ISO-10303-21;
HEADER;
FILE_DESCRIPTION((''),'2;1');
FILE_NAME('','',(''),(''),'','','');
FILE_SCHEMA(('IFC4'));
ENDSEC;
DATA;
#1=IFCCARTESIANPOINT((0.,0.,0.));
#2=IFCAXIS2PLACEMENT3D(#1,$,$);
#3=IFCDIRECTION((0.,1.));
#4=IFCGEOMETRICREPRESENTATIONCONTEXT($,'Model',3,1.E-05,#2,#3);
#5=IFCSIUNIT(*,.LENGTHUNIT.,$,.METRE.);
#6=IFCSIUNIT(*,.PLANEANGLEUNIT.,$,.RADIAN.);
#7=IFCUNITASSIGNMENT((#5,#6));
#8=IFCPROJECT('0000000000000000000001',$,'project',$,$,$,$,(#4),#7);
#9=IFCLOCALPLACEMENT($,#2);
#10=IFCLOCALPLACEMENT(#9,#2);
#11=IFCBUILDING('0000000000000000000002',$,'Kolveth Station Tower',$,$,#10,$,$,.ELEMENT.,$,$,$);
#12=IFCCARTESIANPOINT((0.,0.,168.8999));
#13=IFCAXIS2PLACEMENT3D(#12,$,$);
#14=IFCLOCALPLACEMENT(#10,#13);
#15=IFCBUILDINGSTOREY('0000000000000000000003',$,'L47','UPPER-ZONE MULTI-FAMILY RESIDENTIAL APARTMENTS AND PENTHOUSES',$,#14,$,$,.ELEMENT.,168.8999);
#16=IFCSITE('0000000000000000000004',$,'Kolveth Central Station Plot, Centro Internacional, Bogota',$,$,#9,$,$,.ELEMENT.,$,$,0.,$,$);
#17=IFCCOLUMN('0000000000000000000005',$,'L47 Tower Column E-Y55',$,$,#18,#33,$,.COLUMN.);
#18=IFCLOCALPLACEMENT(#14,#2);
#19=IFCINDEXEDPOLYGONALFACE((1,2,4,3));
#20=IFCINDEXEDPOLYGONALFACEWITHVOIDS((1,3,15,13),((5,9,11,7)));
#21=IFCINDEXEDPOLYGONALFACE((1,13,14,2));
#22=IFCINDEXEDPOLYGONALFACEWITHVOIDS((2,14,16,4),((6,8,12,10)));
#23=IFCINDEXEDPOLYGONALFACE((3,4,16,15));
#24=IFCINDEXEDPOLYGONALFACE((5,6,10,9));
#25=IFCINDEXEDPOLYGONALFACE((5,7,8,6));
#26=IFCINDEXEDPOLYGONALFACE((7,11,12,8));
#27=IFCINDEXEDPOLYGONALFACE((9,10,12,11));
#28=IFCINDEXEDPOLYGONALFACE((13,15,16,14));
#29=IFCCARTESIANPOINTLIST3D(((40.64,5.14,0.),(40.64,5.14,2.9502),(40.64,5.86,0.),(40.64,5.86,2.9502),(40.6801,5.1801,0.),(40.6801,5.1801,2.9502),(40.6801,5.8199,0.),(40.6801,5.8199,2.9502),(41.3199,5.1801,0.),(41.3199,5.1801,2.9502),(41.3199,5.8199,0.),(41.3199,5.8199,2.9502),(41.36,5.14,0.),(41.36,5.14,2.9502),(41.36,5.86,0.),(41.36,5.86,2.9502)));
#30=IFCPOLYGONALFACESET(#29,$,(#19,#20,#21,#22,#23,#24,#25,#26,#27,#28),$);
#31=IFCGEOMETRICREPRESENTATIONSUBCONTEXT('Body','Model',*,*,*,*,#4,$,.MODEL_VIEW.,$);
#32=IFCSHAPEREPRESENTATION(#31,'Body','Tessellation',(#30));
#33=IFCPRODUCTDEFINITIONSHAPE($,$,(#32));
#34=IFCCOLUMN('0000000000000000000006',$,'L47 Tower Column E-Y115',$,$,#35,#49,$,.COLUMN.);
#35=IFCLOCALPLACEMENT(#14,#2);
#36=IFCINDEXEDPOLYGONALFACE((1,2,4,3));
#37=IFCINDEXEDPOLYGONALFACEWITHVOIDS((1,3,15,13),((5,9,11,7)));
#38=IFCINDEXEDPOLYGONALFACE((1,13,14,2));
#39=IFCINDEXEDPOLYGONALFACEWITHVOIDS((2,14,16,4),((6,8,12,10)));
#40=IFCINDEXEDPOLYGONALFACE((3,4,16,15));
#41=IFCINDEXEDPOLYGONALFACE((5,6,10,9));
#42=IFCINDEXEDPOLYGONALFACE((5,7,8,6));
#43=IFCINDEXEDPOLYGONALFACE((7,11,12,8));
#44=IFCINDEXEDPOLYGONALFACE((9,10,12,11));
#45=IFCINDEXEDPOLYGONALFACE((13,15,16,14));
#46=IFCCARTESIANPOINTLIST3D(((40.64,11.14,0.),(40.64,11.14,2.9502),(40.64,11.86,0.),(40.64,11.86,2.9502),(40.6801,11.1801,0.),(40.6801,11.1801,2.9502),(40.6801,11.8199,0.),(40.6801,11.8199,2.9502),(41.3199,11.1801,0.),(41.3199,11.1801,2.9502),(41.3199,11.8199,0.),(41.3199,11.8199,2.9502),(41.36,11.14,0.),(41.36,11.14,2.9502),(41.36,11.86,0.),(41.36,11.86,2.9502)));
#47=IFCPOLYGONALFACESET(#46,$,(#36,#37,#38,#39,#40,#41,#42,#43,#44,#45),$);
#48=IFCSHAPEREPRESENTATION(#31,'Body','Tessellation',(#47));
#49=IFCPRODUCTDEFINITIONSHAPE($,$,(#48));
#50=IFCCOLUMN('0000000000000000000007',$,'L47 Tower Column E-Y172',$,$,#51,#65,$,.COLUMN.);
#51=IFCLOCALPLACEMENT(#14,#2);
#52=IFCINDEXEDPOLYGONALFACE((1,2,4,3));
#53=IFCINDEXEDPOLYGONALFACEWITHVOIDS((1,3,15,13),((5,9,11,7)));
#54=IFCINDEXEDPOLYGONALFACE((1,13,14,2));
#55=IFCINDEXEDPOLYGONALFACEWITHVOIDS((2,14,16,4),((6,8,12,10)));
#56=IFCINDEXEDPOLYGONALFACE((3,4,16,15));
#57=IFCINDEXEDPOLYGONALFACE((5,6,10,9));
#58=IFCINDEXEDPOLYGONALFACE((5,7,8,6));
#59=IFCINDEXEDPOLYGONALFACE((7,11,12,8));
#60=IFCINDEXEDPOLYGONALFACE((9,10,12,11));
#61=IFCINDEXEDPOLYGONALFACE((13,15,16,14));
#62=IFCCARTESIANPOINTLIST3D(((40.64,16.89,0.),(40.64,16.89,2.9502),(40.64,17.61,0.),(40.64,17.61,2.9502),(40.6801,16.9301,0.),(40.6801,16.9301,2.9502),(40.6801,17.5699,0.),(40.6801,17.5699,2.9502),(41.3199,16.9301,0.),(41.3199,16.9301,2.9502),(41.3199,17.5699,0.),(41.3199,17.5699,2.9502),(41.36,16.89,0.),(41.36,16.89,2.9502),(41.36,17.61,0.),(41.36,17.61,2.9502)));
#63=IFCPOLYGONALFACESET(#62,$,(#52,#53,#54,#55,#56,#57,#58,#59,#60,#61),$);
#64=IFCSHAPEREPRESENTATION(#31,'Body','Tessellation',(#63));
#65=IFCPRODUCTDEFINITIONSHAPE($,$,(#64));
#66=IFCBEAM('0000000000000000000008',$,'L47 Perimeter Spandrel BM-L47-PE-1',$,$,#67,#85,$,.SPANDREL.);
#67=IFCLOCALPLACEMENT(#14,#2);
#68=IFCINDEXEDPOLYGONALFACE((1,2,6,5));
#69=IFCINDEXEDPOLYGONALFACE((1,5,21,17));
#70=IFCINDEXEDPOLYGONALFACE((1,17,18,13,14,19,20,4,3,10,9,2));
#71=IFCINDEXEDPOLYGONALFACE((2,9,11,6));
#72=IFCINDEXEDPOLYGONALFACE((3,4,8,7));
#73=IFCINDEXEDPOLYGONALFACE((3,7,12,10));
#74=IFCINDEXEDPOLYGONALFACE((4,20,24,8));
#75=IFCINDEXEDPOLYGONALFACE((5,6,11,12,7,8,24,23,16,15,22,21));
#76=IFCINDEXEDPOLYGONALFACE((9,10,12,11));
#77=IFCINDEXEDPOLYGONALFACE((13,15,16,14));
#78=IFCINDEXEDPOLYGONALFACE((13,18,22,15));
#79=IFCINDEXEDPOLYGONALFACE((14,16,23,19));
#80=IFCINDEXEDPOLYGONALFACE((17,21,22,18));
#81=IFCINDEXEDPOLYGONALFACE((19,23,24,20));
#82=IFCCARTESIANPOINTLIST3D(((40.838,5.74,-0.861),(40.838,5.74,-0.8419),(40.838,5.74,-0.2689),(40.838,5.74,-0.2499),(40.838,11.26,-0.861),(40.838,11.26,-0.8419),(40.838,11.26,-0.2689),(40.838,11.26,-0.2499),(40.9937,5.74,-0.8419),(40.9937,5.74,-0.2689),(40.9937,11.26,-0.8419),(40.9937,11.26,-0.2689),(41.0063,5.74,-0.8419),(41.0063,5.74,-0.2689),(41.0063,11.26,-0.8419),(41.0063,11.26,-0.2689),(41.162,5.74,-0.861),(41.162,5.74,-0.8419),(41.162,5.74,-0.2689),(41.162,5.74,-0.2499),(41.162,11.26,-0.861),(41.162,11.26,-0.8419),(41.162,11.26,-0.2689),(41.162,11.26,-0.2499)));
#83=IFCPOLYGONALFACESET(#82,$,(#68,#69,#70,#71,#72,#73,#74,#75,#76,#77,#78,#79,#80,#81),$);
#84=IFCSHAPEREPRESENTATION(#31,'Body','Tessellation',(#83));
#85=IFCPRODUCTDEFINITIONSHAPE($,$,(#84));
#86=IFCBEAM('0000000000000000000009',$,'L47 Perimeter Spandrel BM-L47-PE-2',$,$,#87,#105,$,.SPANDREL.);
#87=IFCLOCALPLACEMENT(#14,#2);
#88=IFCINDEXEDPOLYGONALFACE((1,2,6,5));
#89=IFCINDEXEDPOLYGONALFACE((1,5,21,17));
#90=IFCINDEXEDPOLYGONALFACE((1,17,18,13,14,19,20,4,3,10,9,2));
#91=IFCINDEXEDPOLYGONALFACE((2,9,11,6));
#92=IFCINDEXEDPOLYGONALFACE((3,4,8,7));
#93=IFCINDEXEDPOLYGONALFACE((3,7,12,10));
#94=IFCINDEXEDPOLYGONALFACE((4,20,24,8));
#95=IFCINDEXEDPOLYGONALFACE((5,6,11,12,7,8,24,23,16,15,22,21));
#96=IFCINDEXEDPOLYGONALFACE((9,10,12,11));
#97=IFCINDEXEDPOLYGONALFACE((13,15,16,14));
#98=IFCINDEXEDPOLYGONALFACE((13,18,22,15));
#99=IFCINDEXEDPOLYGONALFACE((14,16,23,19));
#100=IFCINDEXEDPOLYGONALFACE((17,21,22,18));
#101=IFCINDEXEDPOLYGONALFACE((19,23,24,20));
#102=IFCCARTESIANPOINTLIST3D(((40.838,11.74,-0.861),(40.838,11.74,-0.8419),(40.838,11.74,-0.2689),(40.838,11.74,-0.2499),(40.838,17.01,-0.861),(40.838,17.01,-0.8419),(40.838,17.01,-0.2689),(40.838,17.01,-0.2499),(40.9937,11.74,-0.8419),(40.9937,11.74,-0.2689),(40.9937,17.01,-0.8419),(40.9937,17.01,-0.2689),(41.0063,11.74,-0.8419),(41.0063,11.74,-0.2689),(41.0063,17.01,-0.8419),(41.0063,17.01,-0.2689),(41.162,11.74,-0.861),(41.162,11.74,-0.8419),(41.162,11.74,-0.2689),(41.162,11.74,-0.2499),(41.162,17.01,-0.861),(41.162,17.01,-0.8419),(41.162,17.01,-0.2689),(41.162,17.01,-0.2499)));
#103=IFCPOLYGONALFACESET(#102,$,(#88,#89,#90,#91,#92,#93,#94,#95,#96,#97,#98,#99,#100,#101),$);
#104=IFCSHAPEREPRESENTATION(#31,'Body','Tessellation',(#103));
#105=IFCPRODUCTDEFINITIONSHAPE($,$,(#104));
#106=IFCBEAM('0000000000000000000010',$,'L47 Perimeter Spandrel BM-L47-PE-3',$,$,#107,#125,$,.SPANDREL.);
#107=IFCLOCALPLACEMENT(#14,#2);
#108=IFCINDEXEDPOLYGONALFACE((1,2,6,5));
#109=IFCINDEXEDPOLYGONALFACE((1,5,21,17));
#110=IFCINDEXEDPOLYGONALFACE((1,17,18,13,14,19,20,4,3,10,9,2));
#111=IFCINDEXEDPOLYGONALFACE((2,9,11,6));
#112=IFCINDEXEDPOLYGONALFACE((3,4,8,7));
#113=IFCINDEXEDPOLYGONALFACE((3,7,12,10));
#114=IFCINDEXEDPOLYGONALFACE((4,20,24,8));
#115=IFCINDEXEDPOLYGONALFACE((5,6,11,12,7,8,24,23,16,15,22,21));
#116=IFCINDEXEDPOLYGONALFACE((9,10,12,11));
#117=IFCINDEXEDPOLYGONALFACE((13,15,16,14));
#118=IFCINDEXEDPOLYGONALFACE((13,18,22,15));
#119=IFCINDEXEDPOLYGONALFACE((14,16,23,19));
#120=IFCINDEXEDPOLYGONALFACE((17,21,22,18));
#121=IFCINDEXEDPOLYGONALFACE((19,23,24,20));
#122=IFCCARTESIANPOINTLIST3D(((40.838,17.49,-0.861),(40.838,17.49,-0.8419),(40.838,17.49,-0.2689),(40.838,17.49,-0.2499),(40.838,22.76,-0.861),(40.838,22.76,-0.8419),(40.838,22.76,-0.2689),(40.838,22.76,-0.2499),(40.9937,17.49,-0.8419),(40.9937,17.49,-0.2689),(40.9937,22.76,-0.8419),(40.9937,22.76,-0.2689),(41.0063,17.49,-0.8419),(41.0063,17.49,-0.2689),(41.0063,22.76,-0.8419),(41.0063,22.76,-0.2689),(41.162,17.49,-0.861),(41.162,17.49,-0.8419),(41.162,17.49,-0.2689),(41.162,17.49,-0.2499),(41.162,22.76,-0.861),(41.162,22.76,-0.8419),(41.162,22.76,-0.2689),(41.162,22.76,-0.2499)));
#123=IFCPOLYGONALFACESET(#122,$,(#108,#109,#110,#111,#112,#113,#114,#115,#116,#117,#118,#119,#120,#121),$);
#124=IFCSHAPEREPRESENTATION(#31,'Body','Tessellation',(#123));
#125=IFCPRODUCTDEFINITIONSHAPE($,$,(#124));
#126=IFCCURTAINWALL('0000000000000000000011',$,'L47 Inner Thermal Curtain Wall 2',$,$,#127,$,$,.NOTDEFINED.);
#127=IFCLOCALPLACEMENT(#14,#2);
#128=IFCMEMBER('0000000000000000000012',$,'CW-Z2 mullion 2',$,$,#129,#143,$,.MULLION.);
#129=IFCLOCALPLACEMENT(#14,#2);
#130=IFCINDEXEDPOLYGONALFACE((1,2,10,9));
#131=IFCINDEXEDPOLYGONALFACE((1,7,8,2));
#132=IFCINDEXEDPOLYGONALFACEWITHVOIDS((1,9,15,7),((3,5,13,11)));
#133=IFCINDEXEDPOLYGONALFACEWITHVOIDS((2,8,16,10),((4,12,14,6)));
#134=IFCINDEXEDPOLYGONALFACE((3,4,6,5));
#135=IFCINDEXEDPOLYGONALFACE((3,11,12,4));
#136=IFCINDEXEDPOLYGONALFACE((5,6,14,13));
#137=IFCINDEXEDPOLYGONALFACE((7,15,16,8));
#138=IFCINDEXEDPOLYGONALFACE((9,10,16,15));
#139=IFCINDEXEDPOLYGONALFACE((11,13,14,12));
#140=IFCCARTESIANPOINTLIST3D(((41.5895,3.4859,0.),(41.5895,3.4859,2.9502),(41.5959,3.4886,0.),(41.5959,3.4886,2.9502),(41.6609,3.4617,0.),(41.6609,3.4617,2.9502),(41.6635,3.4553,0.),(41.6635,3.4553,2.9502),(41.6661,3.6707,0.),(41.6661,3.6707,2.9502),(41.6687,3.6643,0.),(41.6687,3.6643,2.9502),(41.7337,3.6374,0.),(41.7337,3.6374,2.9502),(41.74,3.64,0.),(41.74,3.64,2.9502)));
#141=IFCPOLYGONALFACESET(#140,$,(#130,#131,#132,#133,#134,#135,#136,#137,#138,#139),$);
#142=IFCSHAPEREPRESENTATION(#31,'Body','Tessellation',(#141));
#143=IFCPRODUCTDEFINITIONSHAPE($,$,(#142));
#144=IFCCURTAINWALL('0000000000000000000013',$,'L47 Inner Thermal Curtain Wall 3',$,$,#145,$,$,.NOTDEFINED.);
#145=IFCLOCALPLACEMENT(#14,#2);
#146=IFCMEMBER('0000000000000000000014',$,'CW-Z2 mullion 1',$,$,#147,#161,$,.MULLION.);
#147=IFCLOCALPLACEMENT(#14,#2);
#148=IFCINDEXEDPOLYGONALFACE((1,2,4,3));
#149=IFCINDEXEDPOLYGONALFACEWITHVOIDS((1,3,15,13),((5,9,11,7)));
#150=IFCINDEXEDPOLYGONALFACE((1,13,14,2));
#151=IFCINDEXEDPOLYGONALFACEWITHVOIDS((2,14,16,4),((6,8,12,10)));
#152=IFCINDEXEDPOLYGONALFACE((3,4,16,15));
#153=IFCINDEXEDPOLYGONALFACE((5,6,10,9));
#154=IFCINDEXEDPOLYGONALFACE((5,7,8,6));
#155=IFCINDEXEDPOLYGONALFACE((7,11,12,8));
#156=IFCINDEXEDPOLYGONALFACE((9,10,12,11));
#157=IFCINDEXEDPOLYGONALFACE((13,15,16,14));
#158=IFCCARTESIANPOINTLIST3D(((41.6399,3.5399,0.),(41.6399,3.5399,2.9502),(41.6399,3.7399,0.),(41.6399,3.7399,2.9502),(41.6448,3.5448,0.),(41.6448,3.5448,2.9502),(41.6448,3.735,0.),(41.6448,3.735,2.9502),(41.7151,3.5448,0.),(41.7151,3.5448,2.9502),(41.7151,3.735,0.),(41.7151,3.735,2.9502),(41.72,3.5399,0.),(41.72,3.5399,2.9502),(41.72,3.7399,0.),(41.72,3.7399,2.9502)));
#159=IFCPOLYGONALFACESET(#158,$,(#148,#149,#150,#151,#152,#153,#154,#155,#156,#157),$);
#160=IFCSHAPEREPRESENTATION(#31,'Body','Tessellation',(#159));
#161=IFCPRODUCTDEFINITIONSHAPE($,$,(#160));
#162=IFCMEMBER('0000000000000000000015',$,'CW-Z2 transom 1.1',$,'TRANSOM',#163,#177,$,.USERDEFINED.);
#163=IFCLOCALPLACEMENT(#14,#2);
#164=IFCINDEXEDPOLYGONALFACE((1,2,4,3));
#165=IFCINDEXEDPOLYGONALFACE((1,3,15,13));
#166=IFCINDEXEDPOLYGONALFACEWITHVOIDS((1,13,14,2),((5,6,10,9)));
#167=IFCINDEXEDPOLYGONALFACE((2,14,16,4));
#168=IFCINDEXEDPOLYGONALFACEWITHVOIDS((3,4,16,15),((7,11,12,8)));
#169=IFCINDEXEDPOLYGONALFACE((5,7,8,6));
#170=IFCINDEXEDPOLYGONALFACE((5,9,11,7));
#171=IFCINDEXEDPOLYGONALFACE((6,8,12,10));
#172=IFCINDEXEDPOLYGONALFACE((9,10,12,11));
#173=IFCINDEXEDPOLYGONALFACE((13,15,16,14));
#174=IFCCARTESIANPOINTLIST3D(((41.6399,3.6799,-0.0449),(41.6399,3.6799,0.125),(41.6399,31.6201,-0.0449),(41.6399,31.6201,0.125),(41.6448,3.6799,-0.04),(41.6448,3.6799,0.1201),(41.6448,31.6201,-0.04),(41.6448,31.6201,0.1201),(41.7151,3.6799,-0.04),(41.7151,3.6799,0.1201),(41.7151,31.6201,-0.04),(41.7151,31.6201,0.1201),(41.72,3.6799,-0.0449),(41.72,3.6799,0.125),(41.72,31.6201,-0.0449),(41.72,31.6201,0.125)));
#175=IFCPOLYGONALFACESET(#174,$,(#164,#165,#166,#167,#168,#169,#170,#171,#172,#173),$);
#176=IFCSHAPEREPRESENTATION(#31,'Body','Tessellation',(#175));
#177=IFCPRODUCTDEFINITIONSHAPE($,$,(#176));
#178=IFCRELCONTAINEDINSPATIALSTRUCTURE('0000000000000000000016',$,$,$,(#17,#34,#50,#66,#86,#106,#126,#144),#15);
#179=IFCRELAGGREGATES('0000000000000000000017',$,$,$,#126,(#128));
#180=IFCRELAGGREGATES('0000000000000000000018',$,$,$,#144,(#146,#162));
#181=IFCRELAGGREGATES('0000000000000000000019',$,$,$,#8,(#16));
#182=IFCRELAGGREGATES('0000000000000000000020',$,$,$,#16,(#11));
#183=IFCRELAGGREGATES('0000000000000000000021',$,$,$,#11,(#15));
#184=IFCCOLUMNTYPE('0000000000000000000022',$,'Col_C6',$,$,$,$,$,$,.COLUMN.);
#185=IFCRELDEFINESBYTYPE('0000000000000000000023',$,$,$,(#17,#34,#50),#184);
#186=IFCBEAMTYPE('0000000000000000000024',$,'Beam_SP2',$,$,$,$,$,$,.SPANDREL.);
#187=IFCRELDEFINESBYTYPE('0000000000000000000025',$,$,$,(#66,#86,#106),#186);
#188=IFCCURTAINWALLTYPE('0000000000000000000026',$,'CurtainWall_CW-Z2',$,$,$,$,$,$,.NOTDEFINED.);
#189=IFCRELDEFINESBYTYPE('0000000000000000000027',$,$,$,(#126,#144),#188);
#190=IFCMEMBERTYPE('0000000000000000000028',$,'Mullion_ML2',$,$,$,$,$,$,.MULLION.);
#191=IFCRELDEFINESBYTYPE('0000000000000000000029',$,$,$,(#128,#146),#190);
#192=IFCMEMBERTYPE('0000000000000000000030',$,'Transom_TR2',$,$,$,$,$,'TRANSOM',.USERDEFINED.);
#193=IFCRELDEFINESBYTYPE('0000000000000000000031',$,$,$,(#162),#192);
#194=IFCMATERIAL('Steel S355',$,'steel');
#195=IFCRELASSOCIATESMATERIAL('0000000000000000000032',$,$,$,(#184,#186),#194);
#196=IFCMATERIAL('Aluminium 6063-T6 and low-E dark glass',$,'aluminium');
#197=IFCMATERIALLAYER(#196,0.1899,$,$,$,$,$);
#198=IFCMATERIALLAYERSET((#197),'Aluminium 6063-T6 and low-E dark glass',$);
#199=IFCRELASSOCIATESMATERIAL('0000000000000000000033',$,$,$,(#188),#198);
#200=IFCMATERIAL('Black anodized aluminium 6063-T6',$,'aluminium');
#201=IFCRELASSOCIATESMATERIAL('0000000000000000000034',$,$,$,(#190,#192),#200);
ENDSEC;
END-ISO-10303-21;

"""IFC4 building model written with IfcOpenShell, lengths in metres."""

from ifc_helpers import new_model, si_unit, direction, frame, origin, origin_2d, place, context, subcontext, project, spatial, hollow_rectangle, i_section, extrude, source, transform, mapped, material, layer, layer_set, material_profile, profile_set, type_object, element, aggregate, save


model = new_model("IFC4")

# Units and contexts
model_context = context("Model", 3, precision=1e-05, world=origin(), true_north=direction((0.0, 1.0)))
body_context = subcontext(model_context, "Body", "Model", "MODEL_VIEW")
ifc_project = project(units=[si_unit("LENGTHUNIT", "METRE"), si_unit("PLANEANGLEUNIT", "RADIAN")], contexts=[model_context])

# Site, building, storey
site_placement = place(None, origin())
site = spatial("IfcSite", under=ifc_project, at=site_placement, Name="Kolveth Central Station Plot, Centro Internacional, Bogota", CompositionType="ELEMENT", RefElevation=0.0)
building_placement = place(site_placement, origin())
building = spatial("IfcBuilding", under=site, at=building_placement, Name="Kolveth Station Tower", CompositionType="ELEMENT")
storey_placement = place(building_placement, frame((0.0, 0.0, 168.8999)))
storey = spatial("IfcBuildingStorey", under=building, at=storey_placement, Name="L47", Description="UPPER-ZONE MULTI-FAMILY RESIDENTIAL APARTMENTS AND PENTHOUSES", CompositionType="ELEMENT", Elevation=168.8999)

# Columns
ifc_material_1 = material(Name="Steel S355", Category="steel")
ifc_material_profile_1 = material_profile(ifc_material_1, hollow_rectangle(XDim=0.72, YDim=0.72, WallThickness=0.04, at=origin_2d()), Name="BOX720x720x40")
ifc_profile_set_1 = profile_set([ifc_material_profile_1], Name="Steel S355")
column_type = type_object("IfcColumnType", Name="Col_C6", PredefinedType="COLUMN", material=ifc_profile_set_1)
shared_shape_1 = source(origin(), body_context, "Body", "SweptSolid", [
    extrude(hollow_rectangle(XDim=0.72, YDim=0.72, WallThickness=0.04, at=origin_2d()), origin(), (0.0, 0.0, 1.0), 2.9502),
])
for number, where, z_axis, x_axis, name in (
    (1, (41.0, 5.5, 0.0), (0.0, 0.0, 1.0), (1.0, 0.0, 0.0), "L47 Tower Column E-Y55"),
    (2, (41.0, 11.5, 0.0), (0.0, 0.0, 1.0), (1.0, 0.0, 0.0), "L47 Tower Column E-Y115"),
    (3, (41.0, 17.25, 0.0), (0.0, 0.0, 1.0), (1.0, 0.0, 0.0), "L47 Tower Column E-Y172"),
):
    element("IfcColumn", number, at=place(storey_placement, frame(where, z_axis=z_axis, x_axis=x_axis)), inside=storey, type_object=column_type, Name=name, PredefinedType="COLUMN", context=body_context, shape_type="MappedRepresentation", body=[
        mapped(shared_shape_1, transform((0.0, 0.0, 0.0), x_axis=(1.0, 0.0, 0.0), y_axis=(0.0, 1.0, 0.0), z_axis=(0.0, 0.0, 1.0), scale=1.0)),
    ])

# Beams
ifc_material_profile_2 = material_profile(ifc_material_1, i_section(OverallWidth=0.324, OverallDepth=0.6111, WebThickness=0.0127, FlangeThickness=0.019, at=origin_2d()), Name="W610x155")
ifc_profile_set_2 = profile_set([ifc_material_profile_2], Name="Steel S355")
beam_type = type_object("IfcBeamType", Name="Beam_SP2", PredefinedType="SPANDREL", material=ifc_profile_set_2)
shared_shape_2 = source(origin(), body_context, "Body", "SweptSolid", [
    extrude(i_section(OverallWidth=0.324, OverallDepth=0.6111, WebThickness=0.0127, FlangeThickness=0.019, at=origin_2d()), origin(), (0.0, 0.0, 1.0), 5.52),
])
beam_placement = place(storey_placement, frame((41.0, 5.74, -0.5554), z_axis=(0.0, 1.0, 0.0), x_axis=(-1.0, 0.0, 0.0)))
element("IfcBeam", 4, at=beam_placement, inside=storey, type_object=beam_type, Name="L47 Perimeter Spandrel BM-L47-PE-1", PredefinedType="SPANDREL", context=body_context, shape_type="MappedRepresentation", body=[
    mapped(shared_shape_2, transform((0.0, 0.0, 0.0), x_axis=(1.0, 0.0, 0.0), y_axis=(0.0, 1.0, 0.0), z_axis=(0.0, 0.0, 1.0), scale=1.0)),
])
shared_shape_3 = source(origin(), body_context, "Body", "SweptSolid", [
    extrude(i_section(OverallWidth=0.324, OverallDepth=0.6111, WebThickness=0.0127, FlangeThickness=0.019, at=origin_2d()), origin(), (0.0, 0.0, 1.0), 5.27),
])
for number, where, z_axis, x_axis, name in (
    (5, (41.0, 11.74, -0.5554), (0.0, 1.0, 0.0), (-1.0, 0.0, 0.0), "L47 Perimeter Spandrel BM-L47-PE-2"),
    (6, (41.0, 17.49, -0.5554), (0.0, 1.0, 0.0), (-1.0, 0.0, 0.0), "L47 Perimeter Spandrel BM-L47-PE-3"),
):
    element("IfcBeam", number, at=place(storey_placement, frame(where, z_axis=z_axis, x_axis=x_axis)), inside=storey, type_object=beam_type, Name=name, PredefinedType="SPANDREL", context=body_context, shape_type="MappedRepresentation", body=[
        mapped(shared_shape_3, transform((0.0, 0.0, 0.0), x_axis=(1.0, 0.0, 0.0), y_axis=(0.0, 1.0, 0.0), z_axis=(0.0, 0.0, 1.0), scale=1.0)),
    ])

# Curtain wall, member
ifc_material_2 = material(Name="Aluminium 6063-T6 and low-E dark glass", Category="aluminium")
ifc_layer_1 = layer(ifc_material_2, 0.1899)
ifc_layer_set_1 = layer_set([ifc_layer_1], Name="Aluminium 6063-T6 and low-E dark glass")
curtain_wall_type_1 = type_object("IfcCurtainWallType", Name="CurtainWall_CW-Z2", PredefinedType="NOTDEFINED", material=ifc_layer_set_1)
curtain_wall_1_placement = place(storey_placement, origin())
curtain_wall_1 = element("IfcCurtainWall", 7, at=curtain_wall_1_placement, inside=storey, type_object=curtain_wall_type_1, Name="L47 Inner Thermal Curtain Wall 2", PredefinedType="NOTDEFINED")
ifc_material_3 = material(Name="Black anodized aluminium 6063-T6", Category="aluminium")
ifc_material_profile_3 = material_profile(ifc_material_3, hollow_rectangle(XDim=0.0801, YDim=0.2, WallThickness=0.0049, at=origin_2d()), Name="ALU-80x200x5")
ifc_profile_set_3 = profile_set([ifc_material_profile_3], Name="Black anodized aluminium 6063-T6")
member_type_1 = type_object("IfcMemberType", Name="Mullion_ML2", PredefinedType="MULLION", material=ifc_profile_set_3)
shared_shape_4 = source(origin(), body_context, "Body", "SweptSolid", [
    extrude(hollow_rectangle(XDim=0.0801, YDim=0.2, WallThickness=0.0049, at=origin_2d()), origin(), (0.0, 0.0, 1.0), 2.9502),
])
member_1_placement = place(storey_placement, frame((41.6648, 3.563, 0.0), z_axis=(0.0, 0.0, 1.0), x_axis=(-0.923874, 0.382698, 0.0)))
member_1 = element("IfcMember", 8, at=member_1_placement, type_object=member_type_1, Name="CW-Z2 mullion 2", PredefinedType="MULLION", context=body_context, shape_type="MappedRepresentation", body=[
    mapped(shared_shape_4, transform((0.0, 0.0, 0.0), x_axis=(1.0, 0.0, 0.0), y_axis=(0.0, 1.0, 0.0), z_axis=(0.0, 0.0, 1.0), scale=1.0)),
])

# Curtain wall, members
curtain_wall_2_placement = place(storey_placement, origin())
curtain_wall_2 = element("IfcCurtainWall", 9, at=curtain_wall_2_placement, inside=storey, type_object=curtain_wall_type_1, Name="L47 Inner Thermal Curtain Wall 3", PredefinedType="NOTDEFINED")
member_2_placement = place(storey_placement, frame((41.6799, 3.6399, 0.0), z_axis=(0.0, 0.0, 1.0), x_axis=(-1.0, 0.0, 0.0)))
member_2 = element("IfcMember", 10, at=member_2_placement, type_object=member_type_1, Name="CW-Z2 mullion 1", PredefinedType="MULLION", context=body_context, shape_type="MappedRepresentation", body=[
    mapped(shared_shape_4, transform((0.0, 0.0, 0.0), x_axis=(1.0, 0.0, 0.0), y_axis=(0.0, 1.0, 0.0), z_axis=(0.0, 0.0, 1.0), scale=1.0)),
])
ifc_material_profile_4 = material_profile(ifc_material_3, hollow_rectangle(XDim=0.0801, YDim=0.1699, WallThickness=0.0049, at=origin_2d()), Name="ALU-80x170x5")
ifc_profile_set_4 = profile_set([ifc_material_profile_4], Name="Black anodized aluminium 6063-T6")
member_type_2 = type_object("IfcMemberType", Name="Transom_TR2", ElementType="TRANSOM", PredefinedType="USERDEFINED", material=ifc_profile_set_4)
shared_shape_5 = source(origin(), body_context, "Body", "SweptSolid", [
    extrude(hollow_rectangle(XDim=0.0801, YDim=0.1699, WallThickness=0.0049, at=origin_2d()), origin(), (0.0, 0.0, 1.0), 27.9402),
])
member_3_placement = place(storey_placement, frame((41.6799, 3.6799, 0.04), z_axis=(0.0, 1.0, 0.0), x_axis=(-1.0, 0.0, 0.0)))
member_3 = element("IfcMember", 11, at=member_3_placement, type_object=member_type_2, Name="CW-Z2 transom 1.1", ObjectType="TRANSOM", PredefinedType="USERDEFINED", context=body_context, shape_type="MappedRepresentation", body=[
    mapped(shared_shape_5, transform((0.0, 0.0, 0.0), x_axis=(1.0, 0.0, 0.0), y_axis=(0.0, 1.0, 0.0), z_axis=(0.0, 0.0, 1.0), scale=1.0)),
])

aggregate(curtain_wall_1, [member_1])
aggregate(curtain_wall_2, [member_2, member_3])

save(model, "model.ifc")
